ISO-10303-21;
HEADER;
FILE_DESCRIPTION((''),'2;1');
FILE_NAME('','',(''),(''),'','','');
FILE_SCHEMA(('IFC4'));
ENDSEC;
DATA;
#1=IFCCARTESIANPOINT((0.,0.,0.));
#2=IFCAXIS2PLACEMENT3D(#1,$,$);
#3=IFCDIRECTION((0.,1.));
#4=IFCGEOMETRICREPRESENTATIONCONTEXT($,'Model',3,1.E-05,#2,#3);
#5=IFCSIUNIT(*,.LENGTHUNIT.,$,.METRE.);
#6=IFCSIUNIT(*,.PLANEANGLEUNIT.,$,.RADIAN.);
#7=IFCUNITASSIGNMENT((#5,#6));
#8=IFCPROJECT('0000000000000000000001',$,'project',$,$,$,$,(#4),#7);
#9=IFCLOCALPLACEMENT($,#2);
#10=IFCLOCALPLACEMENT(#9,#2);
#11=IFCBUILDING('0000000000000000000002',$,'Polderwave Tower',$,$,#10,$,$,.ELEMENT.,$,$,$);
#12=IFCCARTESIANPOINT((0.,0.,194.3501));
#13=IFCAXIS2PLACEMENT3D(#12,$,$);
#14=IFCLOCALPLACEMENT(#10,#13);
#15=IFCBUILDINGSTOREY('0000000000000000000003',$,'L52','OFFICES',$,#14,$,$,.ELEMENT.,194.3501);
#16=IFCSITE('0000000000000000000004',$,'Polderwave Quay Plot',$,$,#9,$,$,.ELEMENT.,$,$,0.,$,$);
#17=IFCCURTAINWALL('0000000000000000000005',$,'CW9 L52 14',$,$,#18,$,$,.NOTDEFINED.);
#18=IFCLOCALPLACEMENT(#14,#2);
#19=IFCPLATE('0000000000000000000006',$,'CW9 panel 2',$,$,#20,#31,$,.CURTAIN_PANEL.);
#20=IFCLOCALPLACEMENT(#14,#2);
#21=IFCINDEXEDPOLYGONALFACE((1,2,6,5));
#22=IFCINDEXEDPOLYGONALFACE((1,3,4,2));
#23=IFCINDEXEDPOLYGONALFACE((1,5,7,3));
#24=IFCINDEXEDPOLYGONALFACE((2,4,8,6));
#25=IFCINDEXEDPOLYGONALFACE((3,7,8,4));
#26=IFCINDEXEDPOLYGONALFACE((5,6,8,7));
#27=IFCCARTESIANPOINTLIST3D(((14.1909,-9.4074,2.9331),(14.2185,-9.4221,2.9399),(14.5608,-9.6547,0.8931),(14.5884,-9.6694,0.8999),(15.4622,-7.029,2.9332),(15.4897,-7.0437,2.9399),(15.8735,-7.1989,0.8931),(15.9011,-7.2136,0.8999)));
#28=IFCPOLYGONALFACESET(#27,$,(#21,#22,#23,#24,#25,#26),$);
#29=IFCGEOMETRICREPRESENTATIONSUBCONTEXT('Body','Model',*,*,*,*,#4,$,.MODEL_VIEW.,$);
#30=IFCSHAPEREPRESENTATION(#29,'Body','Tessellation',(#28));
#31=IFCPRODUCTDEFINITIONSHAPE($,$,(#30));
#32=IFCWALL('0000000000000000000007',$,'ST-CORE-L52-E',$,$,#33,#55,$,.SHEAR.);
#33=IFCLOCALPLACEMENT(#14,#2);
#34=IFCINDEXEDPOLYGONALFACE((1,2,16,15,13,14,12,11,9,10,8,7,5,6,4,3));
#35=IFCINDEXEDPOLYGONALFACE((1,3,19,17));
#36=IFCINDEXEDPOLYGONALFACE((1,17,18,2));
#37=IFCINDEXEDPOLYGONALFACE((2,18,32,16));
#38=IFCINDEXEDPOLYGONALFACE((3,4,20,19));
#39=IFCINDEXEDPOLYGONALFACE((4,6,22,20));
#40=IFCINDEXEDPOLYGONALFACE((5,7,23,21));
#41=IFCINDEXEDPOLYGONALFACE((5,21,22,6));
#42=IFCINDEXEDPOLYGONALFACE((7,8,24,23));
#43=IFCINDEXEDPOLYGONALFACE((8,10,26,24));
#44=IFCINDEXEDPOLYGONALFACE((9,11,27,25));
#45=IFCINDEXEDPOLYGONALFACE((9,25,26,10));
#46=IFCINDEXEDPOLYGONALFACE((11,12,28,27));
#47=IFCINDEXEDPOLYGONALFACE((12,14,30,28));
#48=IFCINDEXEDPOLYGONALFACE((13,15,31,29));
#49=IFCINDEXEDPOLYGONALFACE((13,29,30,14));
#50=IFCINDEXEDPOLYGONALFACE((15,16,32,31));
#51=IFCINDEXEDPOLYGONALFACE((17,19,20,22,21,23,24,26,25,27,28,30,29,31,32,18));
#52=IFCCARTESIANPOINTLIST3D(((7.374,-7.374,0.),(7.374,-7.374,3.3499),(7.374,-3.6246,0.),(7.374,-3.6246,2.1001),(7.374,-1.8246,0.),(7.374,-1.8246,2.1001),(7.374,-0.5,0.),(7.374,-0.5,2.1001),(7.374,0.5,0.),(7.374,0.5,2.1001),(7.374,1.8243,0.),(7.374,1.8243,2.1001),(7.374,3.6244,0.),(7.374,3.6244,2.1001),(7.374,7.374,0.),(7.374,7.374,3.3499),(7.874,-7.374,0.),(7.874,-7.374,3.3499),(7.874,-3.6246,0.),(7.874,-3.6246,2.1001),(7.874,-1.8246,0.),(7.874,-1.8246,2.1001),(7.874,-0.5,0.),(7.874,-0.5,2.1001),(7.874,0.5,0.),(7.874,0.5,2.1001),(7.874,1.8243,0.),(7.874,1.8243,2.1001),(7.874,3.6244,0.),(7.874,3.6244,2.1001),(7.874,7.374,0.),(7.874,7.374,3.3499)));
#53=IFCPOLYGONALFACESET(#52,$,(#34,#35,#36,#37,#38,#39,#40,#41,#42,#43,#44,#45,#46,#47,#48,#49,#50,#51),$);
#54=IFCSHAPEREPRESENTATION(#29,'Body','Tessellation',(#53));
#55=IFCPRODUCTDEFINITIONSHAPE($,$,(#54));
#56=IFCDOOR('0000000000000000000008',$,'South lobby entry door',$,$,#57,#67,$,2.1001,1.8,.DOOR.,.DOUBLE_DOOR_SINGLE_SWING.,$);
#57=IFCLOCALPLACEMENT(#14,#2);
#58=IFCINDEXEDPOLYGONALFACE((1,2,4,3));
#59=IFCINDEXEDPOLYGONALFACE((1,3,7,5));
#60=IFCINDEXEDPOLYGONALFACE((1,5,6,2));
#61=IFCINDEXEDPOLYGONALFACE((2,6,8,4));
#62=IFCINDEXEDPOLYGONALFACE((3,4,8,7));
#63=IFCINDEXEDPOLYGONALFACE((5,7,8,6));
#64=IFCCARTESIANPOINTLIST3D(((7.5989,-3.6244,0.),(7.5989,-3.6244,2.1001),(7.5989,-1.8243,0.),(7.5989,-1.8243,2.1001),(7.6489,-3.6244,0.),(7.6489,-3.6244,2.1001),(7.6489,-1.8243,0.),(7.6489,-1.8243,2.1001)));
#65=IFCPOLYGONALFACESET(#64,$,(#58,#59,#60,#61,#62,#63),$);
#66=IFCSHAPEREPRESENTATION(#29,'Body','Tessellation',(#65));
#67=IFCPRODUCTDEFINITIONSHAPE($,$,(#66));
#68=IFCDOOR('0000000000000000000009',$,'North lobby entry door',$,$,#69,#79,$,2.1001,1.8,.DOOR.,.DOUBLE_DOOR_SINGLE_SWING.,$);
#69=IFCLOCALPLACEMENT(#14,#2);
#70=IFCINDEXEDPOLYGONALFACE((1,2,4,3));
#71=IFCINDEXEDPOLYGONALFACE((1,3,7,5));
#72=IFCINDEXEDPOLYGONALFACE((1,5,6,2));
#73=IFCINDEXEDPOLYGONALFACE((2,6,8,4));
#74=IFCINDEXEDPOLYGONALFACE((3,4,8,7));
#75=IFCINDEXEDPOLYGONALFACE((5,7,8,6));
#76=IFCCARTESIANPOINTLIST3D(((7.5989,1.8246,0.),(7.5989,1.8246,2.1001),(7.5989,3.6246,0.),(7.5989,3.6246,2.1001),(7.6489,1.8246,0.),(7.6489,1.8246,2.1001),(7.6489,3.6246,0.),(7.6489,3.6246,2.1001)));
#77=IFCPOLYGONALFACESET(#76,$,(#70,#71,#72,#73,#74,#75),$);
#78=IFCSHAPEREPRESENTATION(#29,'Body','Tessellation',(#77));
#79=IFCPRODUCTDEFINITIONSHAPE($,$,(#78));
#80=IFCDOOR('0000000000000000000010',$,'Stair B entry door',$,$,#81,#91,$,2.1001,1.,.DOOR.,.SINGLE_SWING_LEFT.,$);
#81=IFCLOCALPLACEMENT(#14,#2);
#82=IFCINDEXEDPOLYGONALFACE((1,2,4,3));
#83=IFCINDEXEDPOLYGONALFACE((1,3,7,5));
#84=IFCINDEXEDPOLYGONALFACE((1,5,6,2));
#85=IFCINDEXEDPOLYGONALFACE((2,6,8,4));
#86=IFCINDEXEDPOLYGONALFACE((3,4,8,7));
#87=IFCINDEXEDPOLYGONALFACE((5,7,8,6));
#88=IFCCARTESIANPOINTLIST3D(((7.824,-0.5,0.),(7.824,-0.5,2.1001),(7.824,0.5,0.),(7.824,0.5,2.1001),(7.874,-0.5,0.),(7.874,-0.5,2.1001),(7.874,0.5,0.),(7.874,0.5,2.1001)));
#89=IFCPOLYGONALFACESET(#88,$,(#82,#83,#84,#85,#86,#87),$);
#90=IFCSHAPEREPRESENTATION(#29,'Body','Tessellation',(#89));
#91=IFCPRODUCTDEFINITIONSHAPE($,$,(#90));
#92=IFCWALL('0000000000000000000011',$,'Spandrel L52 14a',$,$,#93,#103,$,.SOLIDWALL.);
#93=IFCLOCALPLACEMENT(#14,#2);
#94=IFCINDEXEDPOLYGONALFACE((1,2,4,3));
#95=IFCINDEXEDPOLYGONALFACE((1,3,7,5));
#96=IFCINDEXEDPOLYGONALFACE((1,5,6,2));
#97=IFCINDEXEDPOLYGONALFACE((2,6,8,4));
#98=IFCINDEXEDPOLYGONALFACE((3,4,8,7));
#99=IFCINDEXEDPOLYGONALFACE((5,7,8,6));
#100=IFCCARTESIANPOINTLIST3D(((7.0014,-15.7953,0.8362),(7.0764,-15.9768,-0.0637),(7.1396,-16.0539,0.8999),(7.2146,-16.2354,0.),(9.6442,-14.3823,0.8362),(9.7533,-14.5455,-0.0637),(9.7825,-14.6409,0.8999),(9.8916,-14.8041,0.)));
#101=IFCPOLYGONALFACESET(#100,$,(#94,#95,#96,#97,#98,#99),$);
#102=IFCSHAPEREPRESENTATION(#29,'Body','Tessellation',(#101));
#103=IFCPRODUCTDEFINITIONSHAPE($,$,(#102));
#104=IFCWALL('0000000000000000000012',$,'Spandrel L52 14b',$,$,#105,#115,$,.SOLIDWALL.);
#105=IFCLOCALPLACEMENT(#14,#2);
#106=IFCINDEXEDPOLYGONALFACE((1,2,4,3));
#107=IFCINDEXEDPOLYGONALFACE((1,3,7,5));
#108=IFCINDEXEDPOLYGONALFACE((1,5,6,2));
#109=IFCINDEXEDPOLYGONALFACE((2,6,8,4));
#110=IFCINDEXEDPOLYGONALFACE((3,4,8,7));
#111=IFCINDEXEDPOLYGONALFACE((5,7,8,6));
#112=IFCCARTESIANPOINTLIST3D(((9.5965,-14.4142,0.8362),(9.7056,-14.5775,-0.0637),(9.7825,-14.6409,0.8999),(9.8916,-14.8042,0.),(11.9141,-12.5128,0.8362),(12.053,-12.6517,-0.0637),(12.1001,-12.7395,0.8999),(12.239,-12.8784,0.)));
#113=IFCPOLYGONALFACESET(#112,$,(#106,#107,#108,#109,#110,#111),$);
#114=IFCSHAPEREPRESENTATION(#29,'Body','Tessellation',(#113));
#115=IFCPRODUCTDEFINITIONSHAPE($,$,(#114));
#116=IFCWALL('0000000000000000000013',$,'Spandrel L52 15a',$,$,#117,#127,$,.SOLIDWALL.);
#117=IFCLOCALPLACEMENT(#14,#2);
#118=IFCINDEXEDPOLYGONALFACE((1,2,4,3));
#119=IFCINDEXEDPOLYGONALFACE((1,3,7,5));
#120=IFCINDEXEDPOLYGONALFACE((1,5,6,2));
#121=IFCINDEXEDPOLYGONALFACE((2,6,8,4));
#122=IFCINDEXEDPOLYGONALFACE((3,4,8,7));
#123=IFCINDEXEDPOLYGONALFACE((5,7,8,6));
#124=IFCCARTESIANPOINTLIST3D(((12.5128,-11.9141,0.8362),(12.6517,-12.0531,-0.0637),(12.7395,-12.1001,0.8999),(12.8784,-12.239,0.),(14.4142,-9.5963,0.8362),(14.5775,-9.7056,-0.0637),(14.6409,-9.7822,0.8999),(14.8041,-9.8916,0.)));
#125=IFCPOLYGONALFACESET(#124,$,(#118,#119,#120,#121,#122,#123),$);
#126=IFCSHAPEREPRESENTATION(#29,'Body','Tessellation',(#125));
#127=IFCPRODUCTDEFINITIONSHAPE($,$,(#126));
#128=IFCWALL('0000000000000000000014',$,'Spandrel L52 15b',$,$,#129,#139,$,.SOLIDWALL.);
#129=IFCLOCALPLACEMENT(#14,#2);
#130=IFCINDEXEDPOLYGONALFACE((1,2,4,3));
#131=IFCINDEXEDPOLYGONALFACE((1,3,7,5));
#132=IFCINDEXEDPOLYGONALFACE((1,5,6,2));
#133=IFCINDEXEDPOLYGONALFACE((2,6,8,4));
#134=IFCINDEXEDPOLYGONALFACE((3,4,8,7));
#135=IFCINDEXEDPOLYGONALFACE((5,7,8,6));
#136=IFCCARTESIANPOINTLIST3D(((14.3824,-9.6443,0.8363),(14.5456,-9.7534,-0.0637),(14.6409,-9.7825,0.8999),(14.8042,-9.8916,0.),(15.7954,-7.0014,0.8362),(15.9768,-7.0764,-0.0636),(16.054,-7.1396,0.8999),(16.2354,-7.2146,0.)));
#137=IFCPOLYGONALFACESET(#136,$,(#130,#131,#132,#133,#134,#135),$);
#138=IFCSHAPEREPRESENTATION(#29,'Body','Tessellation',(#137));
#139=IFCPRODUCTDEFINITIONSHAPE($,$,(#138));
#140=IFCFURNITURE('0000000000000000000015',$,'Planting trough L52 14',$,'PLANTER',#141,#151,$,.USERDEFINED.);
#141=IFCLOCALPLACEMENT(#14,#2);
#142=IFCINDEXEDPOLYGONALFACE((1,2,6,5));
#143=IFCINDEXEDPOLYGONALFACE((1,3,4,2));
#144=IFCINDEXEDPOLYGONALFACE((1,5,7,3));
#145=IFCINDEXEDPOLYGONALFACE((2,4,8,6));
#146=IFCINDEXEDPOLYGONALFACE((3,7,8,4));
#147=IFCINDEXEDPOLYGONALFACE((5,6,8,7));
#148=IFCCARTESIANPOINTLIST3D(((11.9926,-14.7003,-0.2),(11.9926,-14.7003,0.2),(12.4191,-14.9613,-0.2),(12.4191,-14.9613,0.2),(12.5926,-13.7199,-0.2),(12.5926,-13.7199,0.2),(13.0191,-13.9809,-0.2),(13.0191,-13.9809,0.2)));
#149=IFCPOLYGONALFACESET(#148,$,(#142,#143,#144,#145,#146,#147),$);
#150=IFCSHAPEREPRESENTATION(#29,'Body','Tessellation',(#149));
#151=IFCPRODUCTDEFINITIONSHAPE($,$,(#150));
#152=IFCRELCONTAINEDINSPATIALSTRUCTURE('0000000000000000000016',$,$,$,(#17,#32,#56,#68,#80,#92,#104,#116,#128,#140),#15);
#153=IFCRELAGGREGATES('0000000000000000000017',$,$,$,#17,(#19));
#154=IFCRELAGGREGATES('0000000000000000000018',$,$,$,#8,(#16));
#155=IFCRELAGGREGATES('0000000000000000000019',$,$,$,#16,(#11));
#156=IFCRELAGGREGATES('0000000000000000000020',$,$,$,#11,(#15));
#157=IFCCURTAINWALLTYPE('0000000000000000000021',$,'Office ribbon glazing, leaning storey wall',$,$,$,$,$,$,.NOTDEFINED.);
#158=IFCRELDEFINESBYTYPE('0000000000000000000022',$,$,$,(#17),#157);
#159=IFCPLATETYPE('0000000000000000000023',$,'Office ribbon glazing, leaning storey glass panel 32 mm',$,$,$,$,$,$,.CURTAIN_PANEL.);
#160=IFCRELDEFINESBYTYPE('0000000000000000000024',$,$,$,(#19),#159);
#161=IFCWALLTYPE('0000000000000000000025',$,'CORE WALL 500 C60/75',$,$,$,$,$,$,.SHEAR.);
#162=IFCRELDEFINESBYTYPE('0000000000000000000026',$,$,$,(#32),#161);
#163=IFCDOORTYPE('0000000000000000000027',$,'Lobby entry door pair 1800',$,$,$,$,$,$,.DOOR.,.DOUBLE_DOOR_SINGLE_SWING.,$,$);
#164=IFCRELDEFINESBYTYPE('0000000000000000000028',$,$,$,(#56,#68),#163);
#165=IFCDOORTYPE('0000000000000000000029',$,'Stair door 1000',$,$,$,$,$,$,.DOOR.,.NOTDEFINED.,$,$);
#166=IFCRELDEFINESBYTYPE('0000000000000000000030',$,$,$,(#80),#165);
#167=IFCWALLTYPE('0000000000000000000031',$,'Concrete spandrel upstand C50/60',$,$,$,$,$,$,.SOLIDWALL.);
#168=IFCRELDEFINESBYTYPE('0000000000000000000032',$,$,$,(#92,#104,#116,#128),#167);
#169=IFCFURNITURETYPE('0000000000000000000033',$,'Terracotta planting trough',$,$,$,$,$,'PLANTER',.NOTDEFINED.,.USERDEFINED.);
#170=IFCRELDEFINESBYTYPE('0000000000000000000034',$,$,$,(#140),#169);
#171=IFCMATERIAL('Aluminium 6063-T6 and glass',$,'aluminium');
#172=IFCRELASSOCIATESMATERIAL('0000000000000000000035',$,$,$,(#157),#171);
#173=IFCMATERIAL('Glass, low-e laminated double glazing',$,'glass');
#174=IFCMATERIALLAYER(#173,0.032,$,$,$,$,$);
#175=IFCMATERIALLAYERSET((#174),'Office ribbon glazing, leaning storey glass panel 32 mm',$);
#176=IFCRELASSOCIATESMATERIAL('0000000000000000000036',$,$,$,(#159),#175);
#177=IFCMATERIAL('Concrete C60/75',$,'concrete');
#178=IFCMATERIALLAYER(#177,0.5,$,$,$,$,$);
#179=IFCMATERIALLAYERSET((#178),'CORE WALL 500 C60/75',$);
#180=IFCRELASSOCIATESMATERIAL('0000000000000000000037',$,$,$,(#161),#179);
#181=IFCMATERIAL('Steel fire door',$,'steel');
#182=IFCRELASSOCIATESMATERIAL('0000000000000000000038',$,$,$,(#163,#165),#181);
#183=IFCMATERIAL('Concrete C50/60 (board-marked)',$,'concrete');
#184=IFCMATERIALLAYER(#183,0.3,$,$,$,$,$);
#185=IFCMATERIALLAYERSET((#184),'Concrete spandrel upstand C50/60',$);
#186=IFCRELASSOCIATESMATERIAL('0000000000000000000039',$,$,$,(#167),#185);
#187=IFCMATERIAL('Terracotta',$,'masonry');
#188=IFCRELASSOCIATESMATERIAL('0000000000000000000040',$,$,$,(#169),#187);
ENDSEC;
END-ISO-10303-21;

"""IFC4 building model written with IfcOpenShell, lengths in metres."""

from ifc_helpers import new_model, si_unit, direction, frame, frame_2d, origin, origin_2d, place, context, subcontext, project, spatial, polyline, rectangle, outline, extrude, material, layer, layer_set, type_object, element, fill, aggregate, save


model = new_model("IFC4")

# Units and contexts
model_context = context("Model", 3, precision=1e-05, world=origin(), true_north=direction((0.0, 1.0)))
body_context = subcontext(model_context, "Body", "Model", "MODEL_VIEW")
ifc_project = project(units=[si_unit("LENGTHUNIT", "METRE"), si_unit("PLANEANGLEUNIT", "RADIAN")], contexts=[model_context])

# Site, building, storey
site_placement = place(None, origin())
site = spatial("IfcSite", under=ifc_project, at=site_placement, Name="Polderwave Quay Plot", CompositionType="ELEMENT", RefElevation=0.0)
building_placement = place(site_placement, origin())
building = spatial("IfcBuilding", under=site, at=building_placement, Name="Polderwave Tower", CompositionType="ELEMENT")
storey_placement = place(building_placement, frame((0.0, 0.0, 194.3501)))
storey = spatial("IfcBuildingStorey", under=building, at=storey_placement, Name="L52", Description="OFFICES", CompositionType="ELEMENT", Elevation=194.3501)

# Shared definitions
ifc_material_1 = material(Name="Concrete C60/75", Category="concrete")

# Curtain wall
ifc_material_2 = material(Name="Aluminium 6063-T6 and glass", Category="aluminium")
curtain_wall_type = type_object("IfcCurtainWallType", Name="Office ribbon glazing, leaning storey wall", PredefinedType="NOTDEFINED", material=ifc_material_2)
curtain_wall_1_placement = place(storey_placement, origin())
curtain_wall_1 = element("IfcCurtainWall", 1, at=curtain_wall_1_placement, inside=storey, type_object=curtain_wall_type, Name="CW9 L52 14", PredefinedType="NOTDEFINED")

# Plate
ifc_material_3 = material(Name="Glass, low-e laminated double glazing", Category="glass")
ifc_layer_1 = layer(ifc_material_3, 0.032)
ifc_layer_set_1 = layer_set([ifc_layer_1], Name="Office ribbon glazing, leaning storey glass panel 32 mm")
plate_type = type_object("IfcPlateType", Name="Office ribbon glazing, leaning storey glass panel 32 mm", PredefinedType="CURTAIN_PANEL", material=ifc_layer_set_1)
plate_1_placement = place(storey_placement, frame((14.5884, -9.6694, 0.8999), z_axis=(0.861846, -0.460673, 0.212135), x_axis=(0.471403, 0.881918, -0.000004)))
plate_1 = element("IfcPlate", 2, at=plate_1_placement, type_object=plate_type, Name="CW9 panel 2", PredefinedType="CURTAIN_PANEL", context=body_context, shape_type="SweptSolid", body=[
    extrude(outline(polyline([(0.0, 0.0), (2.7847, 0.0), (2.7406, 2.0876), (0.0437, 2.0875), (0.0, 0.0)])), origin(), (0.0, 0.0, -1.0), 0.032),
])
aggregate(curtain_wall_1, [plate_1])

# Wall, openings, doors
ifc_layer_2 = layer(ifc_material_1, 0.5)
ifc_layer_set_2 = layer_set([ifc_layer_2], Name="CORE WALL 500 C60/75")
wall_type_1 = type_object("IfcWallType", Name="CORE WALL 500 C60/75", PredefinedType="SHEAR", material=ifc_layer_set_2)
wall_1_placement = place(storey_placement, frame((7.624, -7.374, 0.0), z_axis=(0.0, 0.0, 1.0), x_axis=(0.0, 1.0, 0.0)))
wall_1 = element("IfcWall", 3, at=wall_1_placement, inside=storey, type_object=wall_type_1, Name="ST-CORE-L52-E", PredefinedType="SHEAR", context=body_context, shape_type="SweptSolid", body=[
    extrude(rectangle(XDim=14.748, YDim=0.5, at=frame_2d((7.374, 0.0))), origin(), (0.0, 0.0, 1.0), 3.3499),
])
opening_1_placement = place(wall_1_placement, frame((6.874, 0.0, 0.0)))
opening_1 = element("IfcOpeningElement", 4, at=opening_1_placement, cuts=wall_1, PredefinedType="OPENING", context=body_context, shape_type="SweptSolid", body=[
    extrude(rectangle(XDim=1.0, YDim=2.1001, at=frame_2d((0.5, 1.05))), frame((0.0, 0.26, 0.0), z_axis=(0.0, -1.0, 0.0), x_axis=(1.0, 0.0, 0.0)), (0.0, 0.0, 1.0), 0.52),
])
opening_2_placement = place(wall_1_placement, frame((3.7495, 0.0, 0.0)))
opening_2 = element("IfcOpeningElement", 5, at=opening_2_placement, cuts=wall_1, PredefinedType="OPENING", context=body_context, shape_type="SweptSolid", body=[
    extrude(rectangle(XDim=1.8, YDim=2.1001, at=frame_2d((0.8999, 1.05))), frame((0.0, 0.26, 0.0), z_axis=(0.0, -1.0, 0.0), x_axis=(1.0, 0.0, 0.0)), (0.0, 0.0, 1.0), 0.52),
])
opening_3_placement = place(wall_1_placement, frame((9.1985, 0.0, 0.0)))
opening_3 = element("IfcOpeningElement", 6, at=opening_3_placement, cuts=wall_1, PredefinedType="OPENING", context=body_context, shape_type="SweptSolid", body=[
    extrude(rectangle(XDim=1.8, YDim=2.1001, at=frame_2d((0.8999, 1.05))), frame((0.0, 0.26, 0.0), z_axis=(0.0, -1.0, 0.0), x_axis=(1.0, 0.0, 0.0)), (0.0, 0.0, 1.0), 0.52),
])
ifc_material_4 = material(Name="Steel fire door", Category="steel")
door_type_1 = type_object("IfcDoorType", Name="Lobby entry door pair 1800", OperationType="DOUBLE_DOOR_SINGLE_SWING", PredefinedType="DOOR", material=ifc_material_4)
door_1_placement = place(opening_2_placement, frame((1.8, 0.0, 0.0), z_axis=(0.0, 0.0, 1.0), x_axis=(-1.0, 0.0, 0.0)))
door_1 = element("IfcDoor", 7, at=door_1_placement, inside=storey, type_object=door_type_1, Name="South lobby entry door", OperationType="DOUBLE_DOOR_SINGLE_SWING", OverallHeight=2.1001, OverallWidth=1.8, PredefinedType="DOOR", context=body_context, shape_type="SweptSolid", body=[
    extrude(rectangle(XDim=1.8, YDim=2.1001, at=frame_2d((0.8999, 1.05))), frame((0.0, 0.0249, 0.0), z_axis=(0.0, -1.0, 0.0), x_axis=(1.0, 0.0, 0.0)), (0.0, 0.0, 1.0), 0.05),
])
fill(opening_2, door_1)
door_2_placement = place(opening_3_placement, frame((1.8, 0.0, 0.0), z_axis=(0.0, 0.0, 1.0), x_axis=(-1.0, 0.0, 0.0)))
door_2 = element("IfcDoor", 8, at=door_2_placement, inside=storey, type_object=door_type_1, Name="North lobby entry door", OperationType="DOUBLE_DOOR_SINGLE_SWING", OverallHeight=2.1001, OverallWidth=1.8, PredefinedType="DOOR", context=body_context, shape_type="SweptSolid", body=[
    extrude(rectangle(XDim=1.8, YDim=2.1001, at=frame_2d((0.8999, 1.05))), frame((0.0, 0.0249, 0.0), z_axis=(0.0, -1.0, 0.0), x_axis=(1.0, 0.0, 0.0)), (0.0, 0.0, 1.0), 0.05),
])
fill(opening_3, door_2)
door_type_2 = type_object("IfcDoorType", Name="Stair door 1000", OperationType="NOTDEFINED", PredefinedType="DOOR", material=ifc_material_4)
door_3_placement = place(opening_1_placement, frame((1.0, 0.0, 0.0), z_axis=(0.0, 0.0, 1.0), x_axis=(-1.0, 0.0, 0.0)))
door_3 = element("IfcDoor", 9, at=door_3_placement, inside=storey, type_object=door_type_2, Name="Stair B entry door", OperationType="SINGLE_SWING_LEFT", OverallHeight=2.1001, OverallWidth=1.0, PredefinedType="DOOR", context=body_context, shape_type="SweptSolid", body=[
    extrude(rectangle(XDim=1.0, YDim=2.1001, at=frame_2d((0.5, 1.05))), frame((0.0, 0.25, 0.0), z_axis=(0.0, -1.0, 0.0), x_axis=(1.0, 0.0, 0.0)), (0.0, 0.0, 1.0), 0.05),
])
fill(opening_1, door_3)

# Walls
ifc_material_5 = material(Name="Concrete C50/60 (board-marked)", Category="concrete")
ifc_layer_3 = layer(ifc_material_5, 0.3)
ifc_layer_set_3 = layer_set([ifc_layer_3], Name="Concrete spandrel upstand C50/60")
wall_type_2 = type_object("IfcWallType", Name="Concrete spandrel upstand C50/60", PredefinedType="SOLIDWALL", material=ifc_layer_set_3)
wall_2_placement = place(storey_placement, frame((7.2146, -16.2354, 0.0), z_axis=(0.460755, -0.861789, 0.212189), x_axis=(0.881871, 0.47149, -0.000006)))
element("IfcWall", 10, at=wall_2_placement, inside=storey, type_object=wall_type_2, Name="Spandrel L52 14a", PredefinedType="SOLIDWALL", context=body_context, shape_type="SweptSolid", body=[
    extrude(outline(polyline([(0.0, 0.0), (3.0355, 0.0), (3.0163, 0.9209), (0.0194, 0.9209), (0.0, 0.0)])), origin(), (0.0, 0.0, -1.0), 0.3),
])
wall_3_placement = place(storey_placement, frame((9.8916, -14.8042, 0.0), z_axis=(0.619802, -0.755498, 0.212293), x_axis=(0.77312, 0.634259, -0.000001)))
element("IfcWall", 11, at=wall_3_placement, inside=storey, type_object=wall_type_2, Name="Spandrel L52 14b", PredefinedType="SOLIDWALL", context=body_context, shape_type="SweptSolid", body=[
    extrude(outline(polyline([(0.0, 0.0), (3.0363, 0.0), (3.017, 0.9209), (0.0192, 0.9209), (0.0, 0.0)])), origin(), (0.0, 0.0, -1.0), 0.3),
])
wall_4_placement = place(storey_placement, frame((12.8784, -12.239, 0.0), z_axis=(0.7555, -0.619772, 0.212373), x_axis=(0.634241, 0.773136, -0.000005)))
element("IfcWall", 12, at=wall_4_placement, inside=storey, type_object=wall_type_2, Name="Spandrel L52 15a", PredefinedType="SOLIDWALL", context=body_context, shape_type="SweptSolid", body=[
    extrude(outline(polyline([(0.0, 0.0), (3.0363, 0.0), (3.0172, 0.9209), (0.0193, 0.9209), (0.0, 0.0)])), origin(), (0.0, 0.0, -1.0), 0.3),
])
wall_5_placement = place(storey_placement, frame((14.8042, -9.8916, 0.0), z_axis=(0.861789, -0.460755, 0.212189), x_axis=(0.47149, 0.881871, 0.000006)))
element("IfcWall", 13, at=wall_5_placement, inside=storey, type_object=wall_type_2, Name="Spandrel L52 15b", PredefinedType="SOLIDWALL", context=body_context, shape_type="SweptSolid", body=[
    extrude(outline(polyline([(0.0, 0.0), (3.0355, 0.0), (3.0161, 0.9209), (0.0192, 0.9209), (0.0, 0.0)])), origin(), (0.0, 0.0, -1.0), 0.3),
])

# Furniture
ifc_material_6 = material(Name="Terracotta", Category="masonry")
furniture_type = type_object("IfcFurnitureType", Name="Terracotta planting trough", ElementType="PLANTER", AssemblyPlace="NOTDEFINED", PredefinedType="USERDEFINED", material=ifc_material_6)
furniture_placement = place(storey_placement, frame((12.5059, -14.3406, -0.2), z_axis=(0.0, 0.0, 1.0), x_axis=(0.521951, 0.852976, 0.0)))
element("IfcFurniture", 14, at=furniture_placement, inside=storey, type_object=furniture_type, Name="Planting trough L52 14", ObjectType="PLANTER", PredefinedType="USERDEFINED", context=body_context, shape_type="SweptSolid", body=[
    extrude(rectangle(XDim=1.1494, YDim=0.5, at=origin_2d()), origin(), (0.0, 0.0, 1.0), 0.3999),
])

save(model, "model.ifc")
